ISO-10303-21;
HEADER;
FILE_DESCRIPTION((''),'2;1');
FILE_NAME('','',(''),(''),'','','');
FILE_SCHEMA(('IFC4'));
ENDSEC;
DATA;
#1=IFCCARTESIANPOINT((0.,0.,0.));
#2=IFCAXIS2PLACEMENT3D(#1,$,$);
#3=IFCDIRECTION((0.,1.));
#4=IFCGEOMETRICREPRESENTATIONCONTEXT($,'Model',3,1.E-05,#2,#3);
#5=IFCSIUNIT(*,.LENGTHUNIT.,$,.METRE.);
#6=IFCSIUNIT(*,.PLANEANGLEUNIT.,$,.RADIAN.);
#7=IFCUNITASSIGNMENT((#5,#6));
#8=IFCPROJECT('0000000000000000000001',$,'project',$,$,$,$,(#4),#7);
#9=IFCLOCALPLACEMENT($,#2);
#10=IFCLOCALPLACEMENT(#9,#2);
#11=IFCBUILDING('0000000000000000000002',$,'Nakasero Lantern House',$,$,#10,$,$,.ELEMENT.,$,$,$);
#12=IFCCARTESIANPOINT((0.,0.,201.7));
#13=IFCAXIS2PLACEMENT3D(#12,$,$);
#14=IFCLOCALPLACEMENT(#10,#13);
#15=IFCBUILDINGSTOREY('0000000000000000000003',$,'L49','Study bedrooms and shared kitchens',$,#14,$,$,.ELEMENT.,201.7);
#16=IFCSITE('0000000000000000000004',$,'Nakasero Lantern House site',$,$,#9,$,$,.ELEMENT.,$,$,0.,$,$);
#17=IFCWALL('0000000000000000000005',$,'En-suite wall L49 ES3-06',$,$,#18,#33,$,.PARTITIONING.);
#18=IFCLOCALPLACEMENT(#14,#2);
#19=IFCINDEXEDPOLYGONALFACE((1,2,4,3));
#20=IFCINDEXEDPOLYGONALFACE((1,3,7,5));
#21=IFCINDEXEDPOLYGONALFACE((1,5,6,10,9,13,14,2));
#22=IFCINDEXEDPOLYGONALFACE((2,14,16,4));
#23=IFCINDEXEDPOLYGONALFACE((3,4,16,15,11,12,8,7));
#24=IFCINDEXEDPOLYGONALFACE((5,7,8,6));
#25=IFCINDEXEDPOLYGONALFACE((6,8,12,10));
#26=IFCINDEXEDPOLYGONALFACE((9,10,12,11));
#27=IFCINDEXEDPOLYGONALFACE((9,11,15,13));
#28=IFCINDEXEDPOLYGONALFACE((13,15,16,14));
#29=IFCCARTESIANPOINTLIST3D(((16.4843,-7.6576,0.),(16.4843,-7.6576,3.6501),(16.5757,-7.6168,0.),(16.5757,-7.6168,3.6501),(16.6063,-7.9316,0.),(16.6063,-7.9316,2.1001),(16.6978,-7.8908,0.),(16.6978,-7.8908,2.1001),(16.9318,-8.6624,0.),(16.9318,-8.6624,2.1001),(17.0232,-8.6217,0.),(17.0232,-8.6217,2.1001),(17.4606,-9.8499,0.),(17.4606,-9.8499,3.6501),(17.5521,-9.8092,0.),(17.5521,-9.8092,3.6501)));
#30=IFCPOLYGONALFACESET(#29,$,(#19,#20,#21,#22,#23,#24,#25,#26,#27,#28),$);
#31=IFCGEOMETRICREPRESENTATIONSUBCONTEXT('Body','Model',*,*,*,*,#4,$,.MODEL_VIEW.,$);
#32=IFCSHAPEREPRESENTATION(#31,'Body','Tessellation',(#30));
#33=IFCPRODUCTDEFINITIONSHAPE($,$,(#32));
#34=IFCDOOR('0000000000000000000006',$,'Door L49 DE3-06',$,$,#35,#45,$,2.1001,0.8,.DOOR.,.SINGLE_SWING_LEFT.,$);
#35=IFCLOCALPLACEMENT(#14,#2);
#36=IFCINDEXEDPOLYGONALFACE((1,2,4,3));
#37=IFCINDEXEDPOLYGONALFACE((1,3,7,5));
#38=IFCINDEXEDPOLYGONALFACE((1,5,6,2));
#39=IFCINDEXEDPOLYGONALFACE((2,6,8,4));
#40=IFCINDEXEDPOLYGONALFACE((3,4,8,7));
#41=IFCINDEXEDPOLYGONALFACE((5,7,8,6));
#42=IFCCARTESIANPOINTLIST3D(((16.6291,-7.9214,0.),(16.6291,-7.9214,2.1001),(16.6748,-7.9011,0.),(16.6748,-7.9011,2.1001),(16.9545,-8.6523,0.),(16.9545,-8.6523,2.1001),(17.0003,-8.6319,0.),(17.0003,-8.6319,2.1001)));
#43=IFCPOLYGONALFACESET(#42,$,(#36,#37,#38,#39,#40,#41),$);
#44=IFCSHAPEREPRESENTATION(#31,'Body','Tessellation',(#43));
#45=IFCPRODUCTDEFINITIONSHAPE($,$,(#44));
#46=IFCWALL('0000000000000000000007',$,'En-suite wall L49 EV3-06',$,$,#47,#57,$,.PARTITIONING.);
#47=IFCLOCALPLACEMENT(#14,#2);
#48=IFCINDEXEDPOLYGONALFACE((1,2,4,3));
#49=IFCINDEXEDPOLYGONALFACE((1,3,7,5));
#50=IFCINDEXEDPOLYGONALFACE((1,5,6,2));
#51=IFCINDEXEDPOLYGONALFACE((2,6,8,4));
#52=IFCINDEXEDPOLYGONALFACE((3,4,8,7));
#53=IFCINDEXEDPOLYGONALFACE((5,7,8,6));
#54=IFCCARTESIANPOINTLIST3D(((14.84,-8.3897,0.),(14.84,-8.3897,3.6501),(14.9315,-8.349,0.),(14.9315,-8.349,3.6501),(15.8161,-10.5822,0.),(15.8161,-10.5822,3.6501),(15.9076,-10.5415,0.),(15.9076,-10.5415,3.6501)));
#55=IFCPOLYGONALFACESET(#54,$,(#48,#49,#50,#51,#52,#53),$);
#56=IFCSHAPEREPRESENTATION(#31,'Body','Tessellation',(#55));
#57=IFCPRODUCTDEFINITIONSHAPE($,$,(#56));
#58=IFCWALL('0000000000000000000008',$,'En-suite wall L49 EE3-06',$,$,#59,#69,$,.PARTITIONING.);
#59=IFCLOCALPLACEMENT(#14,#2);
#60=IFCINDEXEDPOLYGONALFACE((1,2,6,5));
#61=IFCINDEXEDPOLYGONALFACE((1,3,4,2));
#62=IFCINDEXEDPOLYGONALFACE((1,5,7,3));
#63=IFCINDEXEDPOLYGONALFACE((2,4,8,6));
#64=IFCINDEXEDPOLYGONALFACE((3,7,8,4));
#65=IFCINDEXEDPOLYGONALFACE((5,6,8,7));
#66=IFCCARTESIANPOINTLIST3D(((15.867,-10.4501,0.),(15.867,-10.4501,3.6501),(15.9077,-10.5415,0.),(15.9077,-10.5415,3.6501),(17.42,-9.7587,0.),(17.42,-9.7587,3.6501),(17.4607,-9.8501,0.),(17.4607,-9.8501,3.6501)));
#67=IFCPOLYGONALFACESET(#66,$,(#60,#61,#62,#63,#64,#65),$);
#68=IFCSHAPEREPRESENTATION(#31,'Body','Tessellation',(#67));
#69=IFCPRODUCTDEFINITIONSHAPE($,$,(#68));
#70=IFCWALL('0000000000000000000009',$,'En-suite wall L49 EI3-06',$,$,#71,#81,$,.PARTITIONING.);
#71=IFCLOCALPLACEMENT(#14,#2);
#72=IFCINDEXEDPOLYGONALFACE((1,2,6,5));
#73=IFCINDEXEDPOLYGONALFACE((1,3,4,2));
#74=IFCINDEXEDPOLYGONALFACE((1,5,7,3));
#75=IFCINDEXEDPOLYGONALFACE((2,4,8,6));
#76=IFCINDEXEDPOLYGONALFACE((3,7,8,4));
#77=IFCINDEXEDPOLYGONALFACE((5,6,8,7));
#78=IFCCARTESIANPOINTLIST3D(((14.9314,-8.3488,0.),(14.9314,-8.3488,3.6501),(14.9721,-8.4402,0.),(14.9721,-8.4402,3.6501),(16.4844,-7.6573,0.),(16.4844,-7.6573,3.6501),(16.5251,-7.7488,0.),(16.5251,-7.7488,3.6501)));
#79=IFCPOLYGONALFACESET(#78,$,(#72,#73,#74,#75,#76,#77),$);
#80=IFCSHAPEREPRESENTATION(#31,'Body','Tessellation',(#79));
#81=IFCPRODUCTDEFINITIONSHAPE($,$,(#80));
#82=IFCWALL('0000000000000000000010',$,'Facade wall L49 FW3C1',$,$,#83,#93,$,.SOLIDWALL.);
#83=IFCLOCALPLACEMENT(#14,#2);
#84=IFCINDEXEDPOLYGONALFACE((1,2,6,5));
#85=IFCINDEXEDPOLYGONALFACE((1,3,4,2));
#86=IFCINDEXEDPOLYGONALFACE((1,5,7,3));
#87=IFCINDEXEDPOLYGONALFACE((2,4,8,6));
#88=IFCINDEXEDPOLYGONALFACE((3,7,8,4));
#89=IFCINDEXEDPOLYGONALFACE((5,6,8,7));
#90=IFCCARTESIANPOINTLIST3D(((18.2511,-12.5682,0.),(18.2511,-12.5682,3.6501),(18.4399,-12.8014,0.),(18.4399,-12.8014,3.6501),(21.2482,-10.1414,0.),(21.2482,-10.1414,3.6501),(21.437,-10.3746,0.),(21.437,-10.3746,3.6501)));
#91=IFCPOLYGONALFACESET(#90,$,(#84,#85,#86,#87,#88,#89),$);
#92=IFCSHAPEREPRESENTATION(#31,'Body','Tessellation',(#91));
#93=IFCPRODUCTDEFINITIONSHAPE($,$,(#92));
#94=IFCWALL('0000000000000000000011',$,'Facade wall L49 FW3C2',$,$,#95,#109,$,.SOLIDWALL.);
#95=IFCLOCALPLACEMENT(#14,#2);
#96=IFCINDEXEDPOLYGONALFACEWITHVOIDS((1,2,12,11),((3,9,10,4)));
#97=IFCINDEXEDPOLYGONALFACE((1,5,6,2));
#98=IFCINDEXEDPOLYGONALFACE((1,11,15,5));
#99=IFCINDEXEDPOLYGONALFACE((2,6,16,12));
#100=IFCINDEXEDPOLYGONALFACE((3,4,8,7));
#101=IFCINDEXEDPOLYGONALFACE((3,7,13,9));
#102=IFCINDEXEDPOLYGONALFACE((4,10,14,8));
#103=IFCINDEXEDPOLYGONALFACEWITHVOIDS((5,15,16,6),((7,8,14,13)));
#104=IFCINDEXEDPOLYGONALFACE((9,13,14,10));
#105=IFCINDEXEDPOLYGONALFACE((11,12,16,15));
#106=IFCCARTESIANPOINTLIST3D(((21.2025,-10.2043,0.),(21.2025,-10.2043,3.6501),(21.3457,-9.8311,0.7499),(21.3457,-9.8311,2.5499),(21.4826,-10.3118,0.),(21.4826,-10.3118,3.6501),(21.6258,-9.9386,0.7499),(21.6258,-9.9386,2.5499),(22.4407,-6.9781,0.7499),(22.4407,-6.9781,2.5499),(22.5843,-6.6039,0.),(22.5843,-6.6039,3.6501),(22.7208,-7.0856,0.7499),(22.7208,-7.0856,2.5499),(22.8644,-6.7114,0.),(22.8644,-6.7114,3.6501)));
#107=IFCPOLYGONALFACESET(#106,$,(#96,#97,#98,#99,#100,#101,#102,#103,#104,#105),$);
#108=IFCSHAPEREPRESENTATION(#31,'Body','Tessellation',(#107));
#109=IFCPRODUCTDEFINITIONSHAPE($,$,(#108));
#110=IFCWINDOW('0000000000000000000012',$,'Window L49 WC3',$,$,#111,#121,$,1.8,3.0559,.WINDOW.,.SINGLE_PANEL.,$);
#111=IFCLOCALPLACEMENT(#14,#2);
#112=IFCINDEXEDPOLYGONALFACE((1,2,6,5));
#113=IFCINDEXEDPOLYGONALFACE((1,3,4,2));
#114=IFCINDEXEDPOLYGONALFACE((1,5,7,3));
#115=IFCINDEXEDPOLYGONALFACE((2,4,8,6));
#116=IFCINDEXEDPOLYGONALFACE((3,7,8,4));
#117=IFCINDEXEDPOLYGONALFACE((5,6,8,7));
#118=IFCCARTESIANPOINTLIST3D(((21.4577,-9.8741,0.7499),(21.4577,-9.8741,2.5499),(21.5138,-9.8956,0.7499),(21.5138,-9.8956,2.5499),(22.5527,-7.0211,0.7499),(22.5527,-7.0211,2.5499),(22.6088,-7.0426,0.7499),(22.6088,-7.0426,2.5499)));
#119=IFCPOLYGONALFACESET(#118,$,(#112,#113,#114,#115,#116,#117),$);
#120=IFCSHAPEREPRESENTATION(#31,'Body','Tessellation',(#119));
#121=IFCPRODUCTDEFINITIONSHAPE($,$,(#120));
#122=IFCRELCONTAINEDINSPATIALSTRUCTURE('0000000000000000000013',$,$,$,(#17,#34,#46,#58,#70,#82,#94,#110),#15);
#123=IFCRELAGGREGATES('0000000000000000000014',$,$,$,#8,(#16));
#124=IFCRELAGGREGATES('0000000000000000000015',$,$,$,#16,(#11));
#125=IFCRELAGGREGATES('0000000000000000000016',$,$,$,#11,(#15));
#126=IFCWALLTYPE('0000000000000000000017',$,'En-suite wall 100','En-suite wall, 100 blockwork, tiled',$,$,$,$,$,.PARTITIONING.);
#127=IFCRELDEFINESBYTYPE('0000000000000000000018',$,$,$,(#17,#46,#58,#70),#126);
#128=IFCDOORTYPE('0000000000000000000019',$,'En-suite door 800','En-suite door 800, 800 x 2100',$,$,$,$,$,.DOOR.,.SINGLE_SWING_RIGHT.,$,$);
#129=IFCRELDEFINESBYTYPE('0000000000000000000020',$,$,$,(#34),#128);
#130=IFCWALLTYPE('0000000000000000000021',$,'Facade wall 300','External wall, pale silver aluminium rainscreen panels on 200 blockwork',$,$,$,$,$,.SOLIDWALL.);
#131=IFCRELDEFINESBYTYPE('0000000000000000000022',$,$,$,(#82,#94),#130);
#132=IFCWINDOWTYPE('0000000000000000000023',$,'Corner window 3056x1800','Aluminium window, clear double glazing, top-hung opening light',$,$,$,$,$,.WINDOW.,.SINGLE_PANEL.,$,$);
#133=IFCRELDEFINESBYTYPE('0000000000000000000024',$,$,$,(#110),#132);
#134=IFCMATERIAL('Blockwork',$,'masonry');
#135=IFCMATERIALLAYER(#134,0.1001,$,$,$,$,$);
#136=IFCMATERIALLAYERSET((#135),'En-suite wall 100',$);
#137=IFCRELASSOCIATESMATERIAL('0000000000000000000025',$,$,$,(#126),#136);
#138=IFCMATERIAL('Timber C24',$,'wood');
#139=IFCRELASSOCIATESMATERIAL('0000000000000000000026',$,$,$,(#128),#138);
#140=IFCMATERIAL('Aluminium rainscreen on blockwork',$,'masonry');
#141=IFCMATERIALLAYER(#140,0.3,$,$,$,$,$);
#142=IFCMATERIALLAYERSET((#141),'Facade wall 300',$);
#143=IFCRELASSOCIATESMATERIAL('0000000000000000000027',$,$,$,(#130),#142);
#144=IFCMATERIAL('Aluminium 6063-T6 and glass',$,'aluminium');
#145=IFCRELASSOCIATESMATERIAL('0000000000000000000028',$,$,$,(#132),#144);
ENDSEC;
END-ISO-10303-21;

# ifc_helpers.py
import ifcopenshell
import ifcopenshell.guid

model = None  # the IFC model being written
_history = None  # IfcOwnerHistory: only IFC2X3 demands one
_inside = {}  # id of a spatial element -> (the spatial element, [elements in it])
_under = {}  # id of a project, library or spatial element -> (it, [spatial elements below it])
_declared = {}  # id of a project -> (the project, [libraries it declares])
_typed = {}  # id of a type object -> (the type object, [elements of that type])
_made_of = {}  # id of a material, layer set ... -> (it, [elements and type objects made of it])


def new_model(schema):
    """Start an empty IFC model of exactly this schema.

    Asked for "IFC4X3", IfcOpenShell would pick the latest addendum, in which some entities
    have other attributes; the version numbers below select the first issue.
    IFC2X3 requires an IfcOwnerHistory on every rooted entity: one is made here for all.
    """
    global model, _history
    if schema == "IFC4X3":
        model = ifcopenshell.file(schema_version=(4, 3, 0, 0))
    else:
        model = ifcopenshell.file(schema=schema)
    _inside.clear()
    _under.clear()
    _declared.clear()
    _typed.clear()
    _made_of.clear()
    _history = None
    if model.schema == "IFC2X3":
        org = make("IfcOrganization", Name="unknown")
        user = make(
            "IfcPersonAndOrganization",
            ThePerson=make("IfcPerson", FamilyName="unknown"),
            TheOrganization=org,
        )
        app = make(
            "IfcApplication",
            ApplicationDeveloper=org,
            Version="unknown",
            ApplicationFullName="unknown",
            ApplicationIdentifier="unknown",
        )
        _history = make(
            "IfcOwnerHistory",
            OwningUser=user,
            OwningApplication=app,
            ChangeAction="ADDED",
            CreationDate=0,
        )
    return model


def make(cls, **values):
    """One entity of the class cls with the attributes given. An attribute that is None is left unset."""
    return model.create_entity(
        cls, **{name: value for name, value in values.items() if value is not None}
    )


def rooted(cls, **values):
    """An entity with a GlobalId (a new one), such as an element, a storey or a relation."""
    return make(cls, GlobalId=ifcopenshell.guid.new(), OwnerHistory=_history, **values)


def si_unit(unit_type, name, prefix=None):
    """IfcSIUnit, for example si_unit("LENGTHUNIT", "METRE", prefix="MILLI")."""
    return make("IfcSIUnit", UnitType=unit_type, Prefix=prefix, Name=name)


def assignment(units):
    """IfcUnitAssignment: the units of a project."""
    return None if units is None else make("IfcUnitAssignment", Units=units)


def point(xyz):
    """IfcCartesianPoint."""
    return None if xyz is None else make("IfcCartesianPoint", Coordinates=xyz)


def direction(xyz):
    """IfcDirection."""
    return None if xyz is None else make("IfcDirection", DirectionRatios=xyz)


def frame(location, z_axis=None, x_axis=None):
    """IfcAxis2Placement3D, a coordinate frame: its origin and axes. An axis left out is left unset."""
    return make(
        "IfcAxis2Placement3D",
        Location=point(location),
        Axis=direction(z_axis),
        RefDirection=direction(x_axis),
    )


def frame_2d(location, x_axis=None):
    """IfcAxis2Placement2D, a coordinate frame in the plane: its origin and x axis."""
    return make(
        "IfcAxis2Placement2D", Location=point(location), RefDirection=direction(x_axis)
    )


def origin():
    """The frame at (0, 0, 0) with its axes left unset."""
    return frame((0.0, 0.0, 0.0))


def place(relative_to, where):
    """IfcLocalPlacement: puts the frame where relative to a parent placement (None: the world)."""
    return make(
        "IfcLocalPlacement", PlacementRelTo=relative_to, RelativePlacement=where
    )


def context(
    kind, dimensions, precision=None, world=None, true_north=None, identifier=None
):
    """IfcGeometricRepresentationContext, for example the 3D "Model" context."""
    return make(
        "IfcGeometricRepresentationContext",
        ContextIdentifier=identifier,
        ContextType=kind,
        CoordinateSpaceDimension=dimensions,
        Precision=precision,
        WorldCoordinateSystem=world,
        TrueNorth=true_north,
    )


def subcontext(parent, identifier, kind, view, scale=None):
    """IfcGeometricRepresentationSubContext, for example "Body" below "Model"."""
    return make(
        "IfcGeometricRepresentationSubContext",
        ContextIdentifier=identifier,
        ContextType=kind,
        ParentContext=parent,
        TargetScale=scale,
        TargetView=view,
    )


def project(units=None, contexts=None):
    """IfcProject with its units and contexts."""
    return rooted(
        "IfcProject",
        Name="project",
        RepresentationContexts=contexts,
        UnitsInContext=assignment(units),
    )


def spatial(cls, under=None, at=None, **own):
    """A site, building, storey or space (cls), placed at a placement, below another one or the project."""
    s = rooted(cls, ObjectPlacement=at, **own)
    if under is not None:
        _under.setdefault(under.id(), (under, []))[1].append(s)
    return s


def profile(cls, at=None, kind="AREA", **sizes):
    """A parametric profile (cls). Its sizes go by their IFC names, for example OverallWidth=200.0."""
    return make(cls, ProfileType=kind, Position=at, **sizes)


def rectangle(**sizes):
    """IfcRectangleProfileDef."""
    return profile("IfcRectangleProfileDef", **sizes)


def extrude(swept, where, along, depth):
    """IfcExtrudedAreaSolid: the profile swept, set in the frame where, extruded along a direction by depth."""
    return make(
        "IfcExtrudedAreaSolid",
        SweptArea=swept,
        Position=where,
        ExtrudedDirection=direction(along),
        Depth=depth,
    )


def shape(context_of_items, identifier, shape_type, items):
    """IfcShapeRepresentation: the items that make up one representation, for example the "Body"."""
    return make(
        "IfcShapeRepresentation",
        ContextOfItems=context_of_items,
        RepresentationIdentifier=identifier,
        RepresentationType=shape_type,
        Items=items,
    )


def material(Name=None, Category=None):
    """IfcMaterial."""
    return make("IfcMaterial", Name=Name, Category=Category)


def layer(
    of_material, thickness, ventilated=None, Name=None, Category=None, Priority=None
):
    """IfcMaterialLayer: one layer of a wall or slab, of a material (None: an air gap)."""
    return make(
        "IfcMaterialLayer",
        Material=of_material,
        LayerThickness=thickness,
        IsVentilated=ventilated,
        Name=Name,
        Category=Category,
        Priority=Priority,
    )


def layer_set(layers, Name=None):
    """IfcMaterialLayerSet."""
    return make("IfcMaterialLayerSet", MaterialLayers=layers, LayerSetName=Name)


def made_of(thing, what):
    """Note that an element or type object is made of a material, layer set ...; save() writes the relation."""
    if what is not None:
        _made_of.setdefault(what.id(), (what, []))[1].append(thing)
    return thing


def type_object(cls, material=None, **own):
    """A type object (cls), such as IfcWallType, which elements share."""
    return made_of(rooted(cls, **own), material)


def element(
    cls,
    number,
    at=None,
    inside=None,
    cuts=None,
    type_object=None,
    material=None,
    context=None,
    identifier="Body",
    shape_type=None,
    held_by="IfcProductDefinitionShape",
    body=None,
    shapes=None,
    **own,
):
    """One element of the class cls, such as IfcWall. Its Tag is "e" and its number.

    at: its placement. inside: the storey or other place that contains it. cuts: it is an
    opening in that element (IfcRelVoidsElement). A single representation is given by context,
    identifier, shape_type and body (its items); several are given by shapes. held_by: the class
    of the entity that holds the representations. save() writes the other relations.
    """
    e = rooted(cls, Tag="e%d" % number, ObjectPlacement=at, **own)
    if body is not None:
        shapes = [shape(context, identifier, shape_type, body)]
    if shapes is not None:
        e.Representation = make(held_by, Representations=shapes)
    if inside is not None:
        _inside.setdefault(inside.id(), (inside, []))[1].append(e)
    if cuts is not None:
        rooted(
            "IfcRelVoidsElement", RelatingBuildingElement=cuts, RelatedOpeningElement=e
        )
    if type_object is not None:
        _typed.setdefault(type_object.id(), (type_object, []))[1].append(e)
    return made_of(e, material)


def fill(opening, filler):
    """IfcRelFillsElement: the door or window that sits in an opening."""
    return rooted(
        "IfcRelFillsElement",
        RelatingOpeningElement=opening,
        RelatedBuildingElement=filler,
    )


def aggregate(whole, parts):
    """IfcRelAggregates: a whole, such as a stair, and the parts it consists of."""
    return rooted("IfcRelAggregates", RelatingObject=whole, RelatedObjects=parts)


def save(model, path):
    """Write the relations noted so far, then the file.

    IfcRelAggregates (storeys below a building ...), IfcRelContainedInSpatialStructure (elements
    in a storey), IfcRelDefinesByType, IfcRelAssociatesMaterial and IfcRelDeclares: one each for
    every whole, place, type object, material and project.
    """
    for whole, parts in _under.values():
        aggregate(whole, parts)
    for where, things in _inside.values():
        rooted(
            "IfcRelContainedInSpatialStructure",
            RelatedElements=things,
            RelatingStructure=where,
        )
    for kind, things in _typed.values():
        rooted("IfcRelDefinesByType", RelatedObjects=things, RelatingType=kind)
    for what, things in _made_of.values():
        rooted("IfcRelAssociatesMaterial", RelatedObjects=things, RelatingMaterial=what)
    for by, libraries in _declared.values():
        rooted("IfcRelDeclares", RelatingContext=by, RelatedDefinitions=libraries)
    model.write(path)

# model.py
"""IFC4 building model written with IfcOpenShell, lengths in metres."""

from ifc_helpers import new_model, si_unit, direction, frame, frame_2d, origin, place, context, subcontext, project, spatial, rectangle, extrude, material, layer, layer_set, type_object, element, fill, save


model = new_model("IFC4")

# Units and contexts
model_context = context("Model", 3, precision=1e-05, world=origin(), true_north=direction((0.0, 1.0)))
body_context = subcontext(model_context, "Body", "Model", "MODEL_VIEW")
ifc_project = project(units=[si_unit("LENGTHUNIT", "METRE"), si_unit("PLANEANGLEUNIT", "RADIAN")], contexts=[model_context])

# Site, building, storey
site_placement = place(None, origin())
site = spatial("IfcSite", under=ifc_project, at=site_placement, Name="Nakasero Lantern House site", CompositionType="ELEMENT", RefElevation=0.0)
building_placement = place(site_placement, origin())
building = spatial("IfcBuilding", under=site, at=building_placement, Name="Nakasero Lantern House", CompositionType="ELEMENT")
storey_placement = place(building_placement, frame((0.0, 0.0, 201.7)))
storey = spatial("IfcBuildingStorey", under=building, at=storey_placement, Name="L49", Description="Study bedrooms and shared kitchens", CompositionType="ELEMENT", Elevation=201.7)

# Shared definitions
ifc_material_1 = material(Name="Blockwork", Category="masonry")
ifc_layer_1 = layer(ifc_material_1, 0.1001)
ifc_layer_set_1 = layer_set([ifc_layer_1], Name="En-suite wall 100")
wall_type_1 = type_object("IfcWallType", Name="En-suite wall 100", Description="En-suite wall, 100 blockwork, tiled", PredefinedType="PARTITIONING", material=ifc_layer_set_1)

# Wall, opening, door
wall_1_placement = place(storey_placement, frame((16.53, -7.6372, 0.0), z_axis=(0.0, 0.0, 1.0), x_axis=(0.406809, -0.913513, 0.0)))
wall_1 = element("IfcWall", 1, at=wall_1_placement, inside=storey, type_object=wall_type_1, Name="En-suite wall L49 ES3-06", PredefinedType="PARTITIONING", context=body_context, shape_type="SweptSolid", body=[
    extrude(rectangle(XDim=2.3999, YDim=0.1001, at=frame_2d((1.2, 0.0))), origin(), (0.0, 0.0, 1.0), 3.6501),
])
opening_1_placement = place(wall_1_placement, frame((0.3, 0.0, 0.0)))
opening_1 = element("IfcOpeningElement", 2, at=opening_1_placement, cuts=wall_1, PredefinedType="OPENING", context=body_context, shape_type="SweptSolid", body=[
    extrude(rectangle(XDim=0.8, YDim=2.1001, at=frame_2d((0.3999, 1.05))), frame((0.0, 0.0701, 0.0), z_axis=(0.0, -1.0, 0.0), x_axis=(1.0, 0.0, 0.0)), (0.0, 0.0, 1.0), 0.1401),
])
ifc_material_2 = material(Name="Timber C24", Category="wood")
door_type = type_object("IfcDoorType", Name="En-suite door 800", Description="En-suite door 800, 800 x 2100", OperationType="SINGLE_SWING_RIGHT", PredefinedType="DOOR", material=ifc_material_2)
door_placement = place(opening_1_placement, origin())
door = element("IfcDoor", 3, at=door_placement, inside=storey, type_object=door_type, Name="Door L49 DE3-06", OperationType="SINGLE_SWING_LEFT", OverallHeight=2.1001, OverallWidth=0.8, PredefinedType="DOOR", context=body_context, shape_type="SweptSolid", body=[
    extrude(rectangle(XDim=0.8, YDim=2.1001, at=frame_2d((0.3999, 1.05))), frame((0.0, 0.0249, 0.0), z_axis=(0.0, -1.0, 0.0), x_axis=(1.0, 0.0, 0.0)), (0.0, 0.0, 1.0), 0.05),
])
fill(opening_1, door)

# Walls
wall_2_placement = place(storey_placement, frame((14.8857, -8.3694, 0.0), z_axis=(0.0, 0.0, 1.0), x_axis=(0.406724, -0.913551, 0.0)))
element("IfcWall", 4, at=wall_2_placement, inside=storey, type_object=wall_type_1, Name="En-suite wall L49 EV3-06", PredefinedType="PARTITIONING", context=body_context, shape_type="SweptSolid", body=[
    extrude(rectangle(XDim=2.3999, YDim=0.1001, at=frame_2d((1.2, 0.0))), origin(), (0.0, 0.0, 1.0), 3.6501),
])
for number, where, z_axis, x_axis, name in (
    (5, (15.8872, -10.4958, 0.0), (0.0, 0.0, 1.0), (0.913551, 0.406725, 0.0), "En-suite wall L49 EE3-06"),
    (6, (14.9517, -8.3945, 0.0), (0.0, 0.0, 1.0), (0.913551, 0.406725, 0.0), "En-suite wall L49 EI3-06"),
):
    element("IfcWall", number, at=place(storey_placement, frame(where, z_axis=z_axis, x_axis=x_axis)), inside=storey, type_object=wall_type_1, Name=name, PredefinedType="PARTITIONING", context=body_context, shape_type="SweptSolid", body=[
        extrude(rectangle(XDim=1.7, YDim=0.1001, at=frame_2d((0.8501, 0.0))), origin(), (0.0, 0.0, 1.0), 3.6501),
    ])
ifc_material_3 = material(Name="Aluminium rainscreen on blockwork", Category="masonry")
ifc_layer_2 = layer(ifc_material_3, 0.3)
ifc_layer_set_2 = layer_set([ifc_layer_2], Name="Facade wall 300")
wall_type_2 = type_object("IfcWallType", Name="Facade wall 300", Description="External wall, pale silver aluminium rainscreen panels on 200 blockwork", PredefinedType="SOLIDWALL", material=ifc_layer_set_2)
wall_3_placement = place(storey_placement, frame((18.3455, -12.6848, 0.0), z_axis=(0.0, 0.0, 1.0), x_axis=(0.777174, 0.629286, 0.0)))
element("IfcWall", 7, at=wall_3_placement, inside=storey, type_object=wall_type_2, Name="Facade wall L49 FW3C1", PredefinedType="SOLIDWALL", context=body_context, shape_type="SweptSolid", body=[
    extrude(rectangle(XDim=3.8564, YDim=0.3, at=frame_2d((1.9282, 0.0))), origin(), (0.0, 0.0, 1.0), 3.6501),
])

# Wall, opening, window
wall_4_placement = place(storey_placement, frame((21.3425, -10.2581, 0.0), z_axis=(0.0, 0.0, 1.0), x_axis=(0.358321, 0.933598, 0.0)))
wall_4 = element("IfcWall", 8, at=wall_4_placement, inside=storey, type_object=wall_type_2, Name="Facade wall L49 FW3C2", PredefinedType="SOLIDWALL", context=body_context, shape_type="SweptSolid", body=[
    extrude(rectangle(XDim=3.8564, YDim=0.3, at=frame_2d((1.9282, 0.0))), origin(), (0.0, 0.0, 1.0), 3.6501),
])
opening_2_placement = place(wall_4_placement, frame((0.3999, 0.0, 0.75)))
opening_2 = element("IfcOpeningElement", 9, at=opening_2_placement, cuts=wall_4, PredefinedType="OPENING", context=body_context, shape_type="SweptSolid", body=[
    extrude(rectangle(XDim=3.0559, YDim=1.8, at=frame_2d((1.5278, 0.8999))), frame((0.0, 0.1699, 0.0), z_axis=(0.0, -1.0, 0.0), x_axis=(1.0, 0.0, 0.0)), (0.0, 0.0, 1.0), 0.3401),
])
ifc_material_4 = material(Name="Aluminium 6063-T6 and glass", Category="aluminium")
window_type = type_object("IfcWindowType", Name="Corner window 3056x1800", Description="Aluminium window, clear double glazing, top-hung opening light", PartitioningType="SINGLE_PANEL", PredefinedType="WINDOW", material=ifc_material_4)
window_placement = place(opening_2_placement, origin())
window = element("IfcWindow", 10, at=window_placement, inside=storey, type_object=window_type, Name="Window L49 WC3", OverallHeight=1.8, OverallWidth=3.0559, PartitioningType="SINGLE_PANEL", PredefinedType="WINDOW", context=body_context, shape_type="SweptSolid", body=[
    extrude(rectangle(XDim=3.0559, YDim=1.8, at=frame_2d((1.5278, 0.8999))), frame((0.0, 0.03, 0.0), z_axis=(0.0, -1.0, 0.0), x_axis=(1.0, 0.0, 0.0)), (0.0, 0.0, 1.0), 0.0601),
])
fill(opening_2, window)

save(model, "model.ifc")
